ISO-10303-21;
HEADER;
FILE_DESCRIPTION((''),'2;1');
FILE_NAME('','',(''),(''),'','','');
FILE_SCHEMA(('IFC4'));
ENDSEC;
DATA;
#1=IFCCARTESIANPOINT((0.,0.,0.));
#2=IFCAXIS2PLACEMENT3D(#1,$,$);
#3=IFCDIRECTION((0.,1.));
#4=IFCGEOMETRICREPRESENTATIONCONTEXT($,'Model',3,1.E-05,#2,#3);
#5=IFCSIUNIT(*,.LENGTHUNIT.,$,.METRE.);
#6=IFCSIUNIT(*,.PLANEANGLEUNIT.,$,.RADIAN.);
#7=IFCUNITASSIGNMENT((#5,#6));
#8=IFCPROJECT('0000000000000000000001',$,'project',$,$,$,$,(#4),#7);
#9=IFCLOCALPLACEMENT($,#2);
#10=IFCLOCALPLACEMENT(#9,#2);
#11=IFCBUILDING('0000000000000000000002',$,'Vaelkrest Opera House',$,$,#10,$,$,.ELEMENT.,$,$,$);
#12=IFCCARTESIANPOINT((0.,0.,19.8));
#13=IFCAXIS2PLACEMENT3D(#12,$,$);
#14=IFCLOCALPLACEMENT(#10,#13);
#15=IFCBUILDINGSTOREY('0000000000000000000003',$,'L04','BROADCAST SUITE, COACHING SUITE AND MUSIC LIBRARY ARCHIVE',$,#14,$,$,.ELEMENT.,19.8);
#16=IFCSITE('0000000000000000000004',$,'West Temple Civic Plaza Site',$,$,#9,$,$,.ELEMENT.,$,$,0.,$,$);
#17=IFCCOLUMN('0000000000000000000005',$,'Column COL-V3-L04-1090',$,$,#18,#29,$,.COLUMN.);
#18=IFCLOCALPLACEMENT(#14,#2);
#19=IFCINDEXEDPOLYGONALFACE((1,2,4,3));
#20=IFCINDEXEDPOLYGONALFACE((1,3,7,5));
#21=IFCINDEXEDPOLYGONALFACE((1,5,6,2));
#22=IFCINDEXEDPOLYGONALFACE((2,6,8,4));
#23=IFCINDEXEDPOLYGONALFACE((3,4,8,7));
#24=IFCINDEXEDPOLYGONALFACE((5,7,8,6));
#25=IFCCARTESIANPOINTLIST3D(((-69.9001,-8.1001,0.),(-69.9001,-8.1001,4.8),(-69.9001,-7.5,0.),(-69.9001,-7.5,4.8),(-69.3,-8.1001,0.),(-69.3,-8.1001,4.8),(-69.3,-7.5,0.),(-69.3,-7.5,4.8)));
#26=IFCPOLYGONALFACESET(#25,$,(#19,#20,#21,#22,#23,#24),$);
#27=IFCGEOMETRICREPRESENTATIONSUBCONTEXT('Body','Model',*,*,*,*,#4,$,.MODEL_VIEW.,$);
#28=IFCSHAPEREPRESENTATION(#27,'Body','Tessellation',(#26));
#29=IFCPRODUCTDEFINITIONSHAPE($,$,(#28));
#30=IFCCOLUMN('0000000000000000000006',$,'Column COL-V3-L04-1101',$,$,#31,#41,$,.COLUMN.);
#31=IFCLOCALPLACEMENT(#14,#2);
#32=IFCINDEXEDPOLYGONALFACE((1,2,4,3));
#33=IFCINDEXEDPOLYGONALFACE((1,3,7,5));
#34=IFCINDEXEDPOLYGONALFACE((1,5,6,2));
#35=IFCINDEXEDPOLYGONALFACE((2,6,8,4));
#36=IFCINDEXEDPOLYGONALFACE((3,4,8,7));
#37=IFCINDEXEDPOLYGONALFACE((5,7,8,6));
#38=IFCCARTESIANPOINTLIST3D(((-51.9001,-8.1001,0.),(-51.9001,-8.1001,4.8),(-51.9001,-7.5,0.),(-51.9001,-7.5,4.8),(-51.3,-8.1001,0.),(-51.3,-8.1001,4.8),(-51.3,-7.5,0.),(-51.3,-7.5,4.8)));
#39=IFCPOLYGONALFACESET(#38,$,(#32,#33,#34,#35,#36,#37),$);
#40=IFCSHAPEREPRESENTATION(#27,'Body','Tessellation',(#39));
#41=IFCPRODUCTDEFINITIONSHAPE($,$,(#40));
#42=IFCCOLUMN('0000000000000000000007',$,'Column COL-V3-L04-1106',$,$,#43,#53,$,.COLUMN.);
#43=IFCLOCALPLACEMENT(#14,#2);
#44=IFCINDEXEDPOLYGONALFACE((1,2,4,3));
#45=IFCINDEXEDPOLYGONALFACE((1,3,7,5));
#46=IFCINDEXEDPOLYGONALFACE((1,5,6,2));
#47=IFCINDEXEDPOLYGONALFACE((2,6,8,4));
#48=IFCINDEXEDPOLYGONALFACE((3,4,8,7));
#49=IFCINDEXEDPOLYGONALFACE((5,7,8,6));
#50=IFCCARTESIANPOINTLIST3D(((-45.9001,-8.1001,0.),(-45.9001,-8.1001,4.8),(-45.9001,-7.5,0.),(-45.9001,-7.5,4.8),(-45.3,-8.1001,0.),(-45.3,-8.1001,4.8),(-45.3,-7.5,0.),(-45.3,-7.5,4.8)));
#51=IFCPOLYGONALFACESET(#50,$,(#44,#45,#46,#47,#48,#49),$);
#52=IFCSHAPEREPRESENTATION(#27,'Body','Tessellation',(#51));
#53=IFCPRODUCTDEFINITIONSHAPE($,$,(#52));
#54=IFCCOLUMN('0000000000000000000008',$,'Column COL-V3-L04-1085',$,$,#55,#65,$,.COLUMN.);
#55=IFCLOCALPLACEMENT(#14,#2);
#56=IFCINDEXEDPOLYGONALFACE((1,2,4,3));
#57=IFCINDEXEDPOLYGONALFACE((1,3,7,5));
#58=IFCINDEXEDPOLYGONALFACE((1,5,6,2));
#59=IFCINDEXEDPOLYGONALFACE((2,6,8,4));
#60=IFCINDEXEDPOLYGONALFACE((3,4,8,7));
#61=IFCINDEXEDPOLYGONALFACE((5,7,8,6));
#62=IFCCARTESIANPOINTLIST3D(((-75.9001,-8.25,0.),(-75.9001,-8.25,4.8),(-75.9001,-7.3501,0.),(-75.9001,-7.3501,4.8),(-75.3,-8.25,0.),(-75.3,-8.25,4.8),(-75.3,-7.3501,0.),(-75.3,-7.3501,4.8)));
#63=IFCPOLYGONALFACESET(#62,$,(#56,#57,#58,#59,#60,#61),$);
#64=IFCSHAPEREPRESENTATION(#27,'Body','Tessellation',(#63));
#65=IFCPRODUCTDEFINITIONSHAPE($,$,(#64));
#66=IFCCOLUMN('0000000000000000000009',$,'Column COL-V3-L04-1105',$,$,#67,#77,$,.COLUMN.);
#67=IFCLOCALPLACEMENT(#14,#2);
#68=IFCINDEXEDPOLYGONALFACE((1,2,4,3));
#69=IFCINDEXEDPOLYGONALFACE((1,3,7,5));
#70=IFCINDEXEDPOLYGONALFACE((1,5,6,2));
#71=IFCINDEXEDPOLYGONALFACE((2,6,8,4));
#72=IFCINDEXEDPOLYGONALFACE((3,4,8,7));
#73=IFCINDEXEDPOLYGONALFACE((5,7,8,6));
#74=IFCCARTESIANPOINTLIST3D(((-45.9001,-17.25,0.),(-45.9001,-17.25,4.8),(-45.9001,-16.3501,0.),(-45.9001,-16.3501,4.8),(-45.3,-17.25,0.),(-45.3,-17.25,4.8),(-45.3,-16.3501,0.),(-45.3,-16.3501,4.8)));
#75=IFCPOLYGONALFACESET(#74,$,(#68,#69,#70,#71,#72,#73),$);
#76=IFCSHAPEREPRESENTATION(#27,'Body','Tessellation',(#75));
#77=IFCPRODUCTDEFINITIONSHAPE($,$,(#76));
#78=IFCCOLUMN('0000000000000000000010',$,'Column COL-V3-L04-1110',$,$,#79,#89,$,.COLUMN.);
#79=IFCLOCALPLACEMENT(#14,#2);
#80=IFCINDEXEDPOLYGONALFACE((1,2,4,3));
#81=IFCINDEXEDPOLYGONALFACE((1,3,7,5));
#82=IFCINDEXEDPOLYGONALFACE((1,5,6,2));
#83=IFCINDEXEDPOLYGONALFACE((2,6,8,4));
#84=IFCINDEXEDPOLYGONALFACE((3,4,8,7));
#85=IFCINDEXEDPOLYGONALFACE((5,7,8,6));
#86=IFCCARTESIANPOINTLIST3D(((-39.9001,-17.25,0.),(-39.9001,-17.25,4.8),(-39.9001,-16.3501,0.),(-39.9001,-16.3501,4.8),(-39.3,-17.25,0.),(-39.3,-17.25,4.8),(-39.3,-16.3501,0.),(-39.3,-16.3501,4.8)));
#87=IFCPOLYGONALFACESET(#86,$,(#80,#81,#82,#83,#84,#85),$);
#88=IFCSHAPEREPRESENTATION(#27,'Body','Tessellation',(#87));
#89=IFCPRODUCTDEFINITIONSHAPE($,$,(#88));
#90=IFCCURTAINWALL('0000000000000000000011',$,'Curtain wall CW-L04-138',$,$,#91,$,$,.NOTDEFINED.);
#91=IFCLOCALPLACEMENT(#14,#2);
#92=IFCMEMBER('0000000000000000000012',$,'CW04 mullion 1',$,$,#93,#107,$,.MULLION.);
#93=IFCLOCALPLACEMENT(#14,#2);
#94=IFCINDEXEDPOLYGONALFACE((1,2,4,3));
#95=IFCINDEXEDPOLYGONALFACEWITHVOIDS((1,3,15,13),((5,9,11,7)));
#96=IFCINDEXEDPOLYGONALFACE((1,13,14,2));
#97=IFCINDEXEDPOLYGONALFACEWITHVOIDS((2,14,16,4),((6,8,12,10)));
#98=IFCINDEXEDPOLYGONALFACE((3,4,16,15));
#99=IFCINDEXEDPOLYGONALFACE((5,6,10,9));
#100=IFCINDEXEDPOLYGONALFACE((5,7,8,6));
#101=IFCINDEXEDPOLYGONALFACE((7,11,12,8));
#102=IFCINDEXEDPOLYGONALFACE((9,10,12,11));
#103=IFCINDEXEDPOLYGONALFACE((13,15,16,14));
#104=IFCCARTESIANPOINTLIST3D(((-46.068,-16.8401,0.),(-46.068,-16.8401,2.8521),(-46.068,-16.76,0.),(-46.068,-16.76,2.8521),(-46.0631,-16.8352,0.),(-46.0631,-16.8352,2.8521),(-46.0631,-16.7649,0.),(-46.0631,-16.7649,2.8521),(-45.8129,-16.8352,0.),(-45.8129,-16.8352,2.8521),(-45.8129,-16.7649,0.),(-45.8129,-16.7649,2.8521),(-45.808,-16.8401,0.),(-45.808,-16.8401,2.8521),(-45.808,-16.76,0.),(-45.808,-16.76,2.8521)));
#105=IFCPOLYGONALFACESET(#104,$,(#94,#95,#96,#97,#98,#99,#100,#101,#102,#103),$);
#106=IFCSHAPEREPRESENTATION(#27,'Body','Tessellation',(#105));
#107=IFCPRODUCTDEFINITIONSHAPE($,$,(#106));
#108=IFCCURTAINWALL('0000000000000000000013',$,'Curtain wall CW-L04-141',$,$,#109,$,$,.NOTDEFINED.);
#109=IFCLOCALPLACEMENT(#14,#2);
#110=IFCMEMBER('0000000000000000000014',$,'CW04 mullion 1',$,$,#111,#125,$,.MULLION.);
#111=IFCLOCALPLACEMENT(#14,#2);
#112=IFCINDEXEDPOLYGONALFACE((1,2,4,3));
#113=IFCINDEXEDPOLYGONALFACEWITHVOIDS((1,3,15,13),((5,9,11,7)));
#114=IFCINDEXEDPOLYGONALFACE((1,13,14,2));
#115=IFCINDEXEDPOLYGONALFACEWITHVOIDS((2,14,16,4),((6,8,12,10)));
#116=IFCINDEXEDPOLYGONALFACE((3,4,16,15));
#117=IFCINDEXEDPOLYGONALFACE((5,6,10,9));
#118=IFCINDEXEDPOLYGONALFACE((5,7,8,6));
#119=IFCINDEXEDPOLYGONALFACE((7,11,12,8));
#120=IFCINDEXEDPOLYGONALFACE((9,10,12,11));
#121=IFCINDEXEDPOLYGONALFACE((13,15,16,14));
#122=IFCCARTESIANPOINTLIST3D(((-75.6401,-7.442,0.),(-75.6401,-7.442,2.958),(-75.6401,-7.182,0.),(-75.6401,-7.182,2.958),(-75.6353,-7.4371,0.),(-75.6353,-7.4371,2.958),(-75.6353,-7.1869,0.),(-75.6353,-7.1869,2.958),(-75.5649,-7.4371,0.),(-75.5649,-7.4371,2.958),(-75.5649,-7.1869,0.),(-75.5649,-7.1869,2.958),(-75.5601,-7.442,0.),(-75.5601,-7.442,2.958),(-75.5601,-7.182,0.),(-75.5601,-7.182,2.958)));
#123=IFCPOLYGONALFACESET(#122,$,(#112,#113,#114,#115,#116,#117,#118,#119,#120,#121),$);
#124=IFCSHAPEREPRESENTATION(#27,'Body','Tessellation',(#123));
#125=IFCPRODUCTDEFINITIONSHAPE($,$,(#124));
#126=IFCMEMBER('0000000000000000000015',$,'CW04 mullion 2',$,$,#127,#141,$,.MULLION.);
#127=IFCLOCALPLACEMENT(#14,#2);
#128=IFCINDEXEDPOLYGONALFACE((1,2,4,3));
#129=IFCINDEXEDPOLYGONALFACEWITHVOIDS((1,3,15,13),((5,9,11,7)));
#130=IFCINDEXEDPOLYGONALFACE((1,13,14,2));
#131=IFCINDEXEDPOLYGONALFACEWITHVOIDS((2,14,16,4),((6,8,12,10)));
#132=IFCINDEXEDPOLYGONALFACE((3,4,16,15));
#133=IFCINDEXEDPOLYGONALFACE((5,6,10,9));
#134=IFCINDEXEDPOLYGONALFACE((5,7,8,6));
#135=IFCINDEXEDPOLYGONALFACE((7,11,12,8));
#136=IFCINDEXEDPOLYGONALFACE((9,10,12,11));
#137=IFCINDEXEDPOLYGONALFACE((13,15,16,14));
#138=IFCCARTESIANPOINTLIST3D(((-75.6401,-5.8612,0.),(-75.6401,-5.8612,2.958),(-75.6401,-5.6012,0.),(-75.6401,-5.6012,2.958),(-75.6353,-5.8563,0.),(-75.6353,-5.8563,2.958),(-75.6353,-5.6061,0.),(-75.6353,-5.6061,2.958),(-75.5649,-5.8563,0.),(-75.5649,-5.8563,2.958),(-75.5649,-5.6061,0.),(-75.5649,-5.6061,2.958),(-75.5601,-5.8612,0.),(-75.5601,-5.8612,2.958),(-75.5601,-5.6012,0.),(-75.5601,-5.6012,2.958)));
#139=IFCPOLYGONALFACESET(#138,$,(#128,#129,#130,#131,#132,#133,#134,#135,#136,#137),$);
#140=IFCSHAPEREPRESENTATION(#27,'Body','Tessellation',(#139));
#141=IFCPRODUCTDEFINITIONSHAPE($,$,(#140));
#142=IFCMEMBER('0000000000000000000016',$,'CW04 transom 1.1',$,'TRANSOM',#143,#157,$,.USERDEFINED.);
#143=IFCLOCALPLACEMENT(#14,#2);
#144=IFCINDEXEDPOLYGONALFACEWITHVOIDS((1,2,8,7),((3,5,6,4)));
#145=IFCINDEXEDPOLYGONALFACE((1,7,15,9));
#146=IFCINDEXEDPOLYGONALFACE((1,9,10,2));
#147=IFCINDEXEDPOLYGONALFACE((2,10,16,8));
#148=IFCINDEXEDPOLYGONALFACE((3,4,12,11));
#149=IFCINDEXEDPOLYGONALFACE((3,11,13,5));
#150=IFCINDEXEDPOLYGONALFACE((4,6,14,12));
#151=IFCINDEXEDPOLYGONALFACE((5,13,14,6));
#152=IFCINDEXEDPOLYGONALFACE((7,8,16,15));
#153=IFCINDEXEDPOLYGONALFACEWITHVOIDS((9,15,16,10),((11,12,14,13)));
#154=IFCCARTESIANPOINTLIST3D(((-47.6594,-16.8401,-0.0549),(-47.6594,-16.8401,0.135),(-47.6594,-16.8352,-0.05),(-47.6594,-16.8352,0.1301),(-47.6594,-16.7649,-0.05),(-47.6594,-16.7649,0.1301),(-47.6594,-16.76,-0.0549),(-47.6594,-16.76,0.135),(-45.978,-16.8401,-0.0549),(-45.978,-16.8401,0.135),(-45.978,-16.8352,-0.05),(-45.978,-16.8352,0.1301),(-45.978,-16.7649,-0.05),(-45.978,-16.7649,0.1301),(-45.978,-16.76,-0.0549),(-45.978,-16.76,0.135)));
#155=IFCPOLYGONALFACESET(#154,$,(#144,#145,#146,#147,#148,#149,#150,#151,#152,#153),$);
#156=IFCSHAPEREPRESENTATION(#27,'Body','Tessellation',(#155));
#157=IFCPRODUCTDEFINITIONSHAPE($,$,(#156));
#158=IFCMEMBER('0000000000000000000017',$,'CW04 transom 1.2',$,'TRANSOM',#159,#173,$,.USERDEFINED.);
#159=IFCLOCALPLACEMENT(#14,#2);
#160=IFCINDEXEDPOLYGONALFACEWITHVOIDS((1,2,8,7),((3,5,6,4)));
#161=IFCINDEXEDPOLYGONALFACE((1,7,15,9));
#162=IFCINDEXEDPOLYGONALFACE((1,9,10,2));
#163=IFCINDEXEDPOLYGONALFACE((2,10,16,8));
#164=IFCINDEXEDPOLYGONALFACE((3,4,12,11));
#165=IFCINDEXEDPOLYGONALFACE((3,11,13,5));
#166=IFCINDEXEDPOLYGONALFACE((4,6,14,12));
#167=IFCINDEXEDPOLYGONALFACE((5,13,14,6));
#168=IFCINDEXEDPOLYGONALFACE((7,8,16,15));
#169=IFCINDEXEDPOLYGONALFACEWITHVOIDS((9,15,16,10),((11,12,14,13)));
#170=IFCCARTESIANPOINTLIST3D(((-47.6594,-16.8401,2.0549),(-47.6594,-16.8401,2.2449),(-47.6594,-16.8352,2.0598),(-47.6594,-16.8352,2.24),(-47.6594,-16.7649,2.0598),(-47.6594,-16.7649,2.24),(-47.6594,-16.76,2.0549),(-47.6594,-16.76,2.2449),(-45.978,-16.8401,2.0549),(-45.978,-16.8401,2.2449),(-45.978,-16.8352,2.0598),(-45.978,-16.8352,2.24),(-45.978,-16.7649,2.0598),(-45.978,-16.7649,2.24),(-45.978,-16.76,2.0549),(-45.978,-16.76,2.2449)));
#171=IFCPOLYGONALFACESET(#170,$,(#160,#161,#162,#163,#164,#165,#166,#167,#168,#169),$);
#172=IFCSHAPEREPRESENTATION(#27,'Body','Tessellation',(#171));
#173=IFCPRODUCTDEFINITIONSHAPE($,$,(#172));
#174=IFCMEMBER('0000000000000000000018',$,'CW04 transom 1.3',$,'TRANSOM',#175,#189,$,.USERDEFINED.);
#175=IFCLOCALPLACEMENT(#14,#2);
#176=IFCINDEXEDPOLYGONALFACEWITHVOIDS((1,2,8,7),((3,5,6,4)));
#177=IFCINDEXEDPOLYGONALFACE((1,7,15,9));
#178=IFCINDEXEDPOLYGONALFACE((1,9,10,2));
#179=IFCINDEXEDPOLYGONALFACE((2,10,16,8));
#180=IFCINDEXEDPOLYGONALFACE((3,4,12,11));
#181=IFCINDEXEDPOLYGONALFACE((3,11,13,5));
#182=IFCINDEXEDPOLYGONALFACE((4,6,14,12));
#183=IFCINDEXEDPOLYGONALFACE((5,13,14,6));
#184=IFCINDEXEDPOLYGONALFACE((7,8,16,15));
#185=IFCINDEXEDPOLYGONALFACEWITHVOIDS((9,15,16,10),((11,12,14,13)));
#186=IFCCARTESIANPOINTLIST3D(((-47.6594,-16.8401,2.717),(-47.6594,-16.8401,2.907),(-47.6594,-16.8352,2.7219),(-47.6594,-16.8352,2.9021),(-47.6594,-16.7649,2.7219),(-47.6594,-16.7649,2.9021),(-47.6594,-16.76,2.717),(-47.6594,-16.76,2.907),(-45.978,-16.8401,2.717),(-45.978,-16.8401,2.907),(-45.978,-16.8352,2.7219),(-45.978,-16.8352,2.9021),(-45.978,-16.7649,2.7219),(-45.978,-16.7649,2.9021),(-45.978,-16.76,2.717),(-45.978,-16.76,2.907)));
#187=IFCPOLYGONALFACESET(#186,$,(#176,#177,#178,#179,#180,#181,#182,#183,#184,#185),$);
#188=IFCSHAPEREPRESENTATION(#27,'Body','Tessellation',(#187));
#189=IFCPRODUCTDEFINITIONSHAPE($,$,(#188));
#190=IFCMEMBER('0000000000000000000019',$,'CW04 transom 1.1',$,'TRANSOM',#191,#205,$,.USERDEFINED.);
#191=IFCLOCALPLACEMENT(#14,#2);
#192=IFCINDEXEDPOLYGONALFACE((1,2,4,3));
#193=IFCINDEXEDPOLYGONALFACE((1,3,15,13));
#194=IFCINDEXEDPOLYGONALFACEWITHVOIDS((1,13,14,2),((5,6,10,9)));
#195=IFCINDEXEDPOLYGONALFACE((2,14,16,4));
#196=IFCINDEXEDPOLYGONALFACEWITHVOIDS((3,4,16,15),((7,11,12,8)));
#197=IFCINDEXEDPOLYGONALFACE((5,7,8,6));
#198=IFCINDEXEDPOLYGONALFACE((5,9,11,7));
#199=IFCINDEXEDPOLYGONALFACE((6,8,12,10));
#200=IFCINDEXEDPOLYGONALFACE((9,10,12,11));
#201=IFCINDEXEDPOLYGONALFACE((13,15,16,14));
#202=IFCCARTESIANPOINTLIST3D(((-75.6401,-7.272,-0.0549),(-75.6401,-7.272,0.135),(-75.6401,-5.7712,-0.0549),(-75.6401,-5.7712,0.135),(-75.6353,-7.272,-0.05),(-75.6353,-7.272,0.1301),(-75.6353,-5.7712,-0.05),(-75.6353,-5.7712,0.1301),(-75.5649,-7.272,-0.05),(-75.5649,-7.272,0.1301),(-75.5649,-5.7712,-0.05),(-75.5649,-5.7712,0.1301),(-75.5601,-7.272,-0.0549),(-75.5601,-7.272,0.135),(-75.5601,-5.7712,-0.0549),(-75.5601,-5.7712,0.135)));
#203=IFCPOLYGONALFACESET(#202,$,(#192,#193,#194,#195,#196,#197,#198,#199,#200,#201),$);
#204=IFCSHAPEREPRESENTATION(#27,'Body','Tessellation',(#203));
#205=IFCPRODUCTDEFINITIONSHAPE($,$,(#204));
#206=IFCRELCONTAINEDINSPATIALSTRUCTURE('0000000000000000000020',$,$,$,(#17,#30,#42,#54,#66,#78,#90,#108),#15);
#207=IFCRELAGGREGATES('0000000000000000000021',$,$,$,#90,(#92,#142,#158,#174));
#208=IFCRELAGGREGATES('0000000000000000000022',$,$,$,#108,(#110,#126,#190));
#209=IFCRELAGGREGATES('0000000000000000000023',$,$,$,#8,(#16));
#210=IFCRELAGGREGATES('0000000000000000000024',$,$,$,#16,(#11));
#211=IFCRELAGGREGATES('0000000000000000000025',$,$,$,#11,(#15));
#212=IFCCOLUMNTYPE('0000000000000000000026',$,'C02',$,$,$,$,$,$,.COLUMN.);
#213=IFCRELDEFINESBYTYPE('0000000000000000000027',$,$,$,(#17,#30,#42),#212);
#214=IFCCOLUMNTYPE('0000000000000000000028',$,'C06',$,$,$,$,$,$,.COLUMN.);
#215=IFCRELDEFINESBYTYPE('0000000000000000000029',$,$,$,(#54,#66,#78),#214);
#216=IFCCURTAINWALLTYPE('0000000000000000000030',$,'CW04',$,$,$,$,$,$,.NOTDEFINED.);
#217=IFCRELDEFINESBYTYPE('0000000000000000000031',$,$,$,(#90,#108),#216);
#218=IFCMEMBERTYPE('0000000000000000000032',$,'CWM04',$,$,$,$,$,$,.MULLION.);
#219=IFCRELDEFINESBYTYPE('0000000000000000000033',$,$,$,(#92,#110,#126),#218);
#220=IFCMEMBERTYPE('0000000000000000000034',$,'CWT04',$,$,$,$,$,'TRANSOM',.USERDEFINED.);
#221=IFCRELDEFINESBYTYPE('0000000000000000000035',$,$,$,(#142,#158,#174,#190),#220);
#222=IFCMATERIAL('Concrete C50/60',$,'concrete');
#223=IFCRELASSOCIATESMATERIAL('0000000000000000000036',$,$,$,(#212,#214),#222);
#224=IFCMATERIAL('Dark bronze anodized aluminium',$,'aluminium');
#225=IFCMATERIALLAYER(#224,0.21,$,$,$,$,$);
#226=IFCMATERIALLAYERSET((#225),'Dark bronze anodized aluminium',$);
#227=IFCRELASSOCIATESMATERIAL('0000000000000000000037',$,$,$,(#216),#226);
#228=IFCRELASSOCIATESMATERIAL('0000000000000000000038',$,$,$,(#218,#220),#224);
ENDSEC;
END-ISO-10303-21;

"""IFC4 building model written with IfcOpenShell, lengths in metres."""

from ifc_helpers import new_model, si_unit, direction, frame, origin, origin_2d, place, context, subcontext, project, spatial, rectangle, hollow_rectangle, extrude, material, layer, layer_set, material_profile, profile_set, type_object, element, aggregate, save


model = new_model("IFC4")

# Units and contexts
model_context = context("Model", 3, precision=1e-05, world=origin(), true_north=direction((0.0, 1.0)))
body_context = subcontext(model_context, "Body", "Model", "MODEL_VIEW")
ifc_project = project(units=[si_unit("LENGTHUNIT", "METRE"), si_unit("PLANEANGLEUNIT", "RADIAN")], contexts=[model_context])

# Site, building, storey
site_placement = place(None, origin())
site = spatial("IfcSite", under=ifc_project, at=site_placement, Name="West Temple Civic Plaza Site", CompositionType="ELEMENT", RefElevation=0.0)
building_placement = place(site_placement, origin())
building = spatial("IfcBuilding", under=site, at=building_placement, Name="Vaelkrest Opera House", CompositionType="ELEMENT")
storey_placement = place(building_placement, frame((0.0, 0.0, 19.8)))
storey = spatial("IfcBuildingStorey", under=building, at=storey_placement, Name="L04", Description="BROADCAST SUITE, COACHING SUITE AND MUSIC LIBRARY ARCHIVE", CompositionType="ELEMENT", Elevation=19.8)

# Columns
ifc_material_1 = material(Name="Concrete C50/60", Category="concrete")
ifc_material_profile_1 = material_profile(ifc_material_1, rectangle(XDim=0.6001, YDim=0.6001, at=origin_2d()), Name="RC600X600")
ifc_profile_set_1 = profile_set([ifc_material_profile_1], Name="Concrete C50/60")
column_type_1 = type_object("IfcColumnType", Name="C02", PredefinedType="COLUMN", material=ifc_profile_set_1)
for number, where, z_axis, x_axis, name in (
    (1, (-69.6001, -7.8, 0.0), (0.0, 0.0, 1.0), (1.0, 0.0, 0.0), "Column COL-V3-L04-1090"),
    (2, (-51.6001, -7.8, 0.0), (0.0, 0.0, 1.0), (1.0, 0.0, 0.0), "Column COL-V3-L04-1101"),
    (3, (-45.6001, -7.8, 0.0), (0.0, 0.0, 1.0), (1.0, 0.0, 0.0), "Column COL-V3-L04-1106"),
):
    element("IfcColumn", number, at=place(storey_placement, frame(where, z_axis=z_axis, x_axis=x_axis)), inside=storey, type_object=column_type_1, Name=name, PredefinedType="COLUMN", context=body_context, shape_type="SweptSolid", body=[
        extrude(rectangle(XDim=0.6001, YDim=0.6001, at=origin_2d()), origin(), (0.0, 0.0, 1.0), 4.8),
    ])
ifc_material_profile_2 = material_profile(ifc_material_1, rectangle(XDim=0.6001, YDim=0.8999, at=origin_2d()), Name="RC600X900")
ifc_profile_set_2 = profile_set([ifc_material_profile_2], Name="Concrete C50/60")
column_type_2 = type_object("IfcColumnType", Name="C06", PredefinedType="COLUMN", material=ifc_profile_set_2)
for number, where, z_axis, x_axis, name in (
    (4, (-75.6001, -7.8, 0.0), (0.0, 0.0, 1.0), (1.0, 0.0, 0.0), "Column COL-V3-L04-1085"),
    (5, (-45.6001, -16.8, 0.0), (0.0, 0.0, 1.0), (1.0, 0.0, 0.0), "Column COL-V3-L04-1105"),
    (6, (-39.6001, -16.8, 0.0), (0.0, 0.0, 1.0), (1.0, 0.0, 0.0), "Column COL-V3-L04-1110"),
):
    element("IfcColumn", number, at=place(storey_placement, frame(where, z_axis=z_axis, x_axis=x_axis)), inside=storey, type_object=column_type_2, Name=name, PredefinedType="COLUMN", context=body_context, shape_type="SweptSolid", body=[
        extrude(rectangle(XDim=0.6001, YDim=0.8999, at=origin_2d()), origin(), (0.0, 0.0, 1.0), 4.8),
    ])

# Curtain wall, member
ifc_material_2 = material(Name="Dark bronze anodized aluminium", Category="aluminium")
ifc_layer_1 = layer(ifc_material_2, 0.21)
ifc_layer_set_1 = layer_set([ifc_layer_1], Name="Dark bronze anodized aluminium")
curtain_wall_type = type_object("IfcCurtainWallType", Name="CW04", PredefinedType="NOTDEFINED", material=ifc_layer_set_1)
curtain_wall_1_placement = place(storey_placement, origin())
curtain_wall_1 = element("IfcCurtainWall", 7, at=curtain_wall_1_placement, inside=storey, type_object=curtain_wall_type, Name="Curtain wall CW-L04-138", PredefinedType="NOTDEFINED")
ifc_material_profile_3 = material_profile(ifc_material_2, hollow_rectangle(XDim=0.0801, YDim=0.26, WallThickness=0.0049, at=origin_2d()), Name="CWM80X260")
ifc_profile_set_3 = profile_set([ifc_material_profile_3], Name="Dark bronze anodized aluminium")
member_type_1 = type_object("IfcMemberType", Name="CWM04", PredefinedType="MULLION", material=ifc_profile_set_3)
member_1_placement = place(storey_placement, frame((-45.938, -16.8, 0.0), z_axis=(0.0, 0.0, 1.0), x_axis=(0.0, -1.0, 0.0)))
member_1 = element("IfcMember", 8, at=member_1_placement, type_object=member_type_1, Name="CW04 mullion 1", PredefinedType="MULLION", context=body_context, shape_type="SweptSolid", body=[
    extrude(hollow_rectangle(XDim=0.0801, YDim=0.26, WallThickness=0.0049, at=origin_2d()), origin(), (0.0, 0.0, 1.0), 2.8521),
])

# Curtain wall, members
curtain_wall_2_placement = place(storey_placement, origin())
curtain_wall_2 = element("IfcCurtainWall", 9, at=curtain_wall_2_placement, inside=storey, type_object=curtain_wall_type, Name="Curtain wall CW-L04-141", PredefinedType="NOTDEFINED")
member_2_placement = place(storey_placement, frame((-75.6001, -7.312, 0.0), z_axis=(0.0, 0.0, 1.0), x_axis=(-1.0, 0.0, 0.0)))
member_2 = element("IfcMember", 10, at=member_2_placement, type_object=member_type_1, Name="CW04 mullion 1", PredefinedType="MULLION", context=body_context, shape_type="SweptSolid", body=[
    extrude(hollow_rectangle(XDim=0.0801, YDim=0.26, WallThickness=0.0049, at=origin_2d()), origin(), (0.0, 0.0, 1.0), 2.958),
])
member_3_placement = place(storey_placement, frame((-75.6001, -5.7312, 0.0), z_axis=(0.0, 0.0, 1.0), x_axis=(-1.0, 0.0, 0.0)))
member_3 = element("IfcMember", 11, at=member_3_placement, type_object=member_type_1, Name="CW04 mullion 2", PredefinedType="MULLION", context=body_context, shape_type="SweptSolid", body=[
    extrude(hollow_rectangle(XDim=0.0801, YDim=0.26, WallThickness=0.0049, at=origin_2d()), origin(), (0.0, 0.0, 1.0), 2.958),
])

# Members
ifc_material_profile_4 = material_profile(ifc_material_2, hollow_rectangle(XDim=0.0801, YDim=0.1899, WallThickness=0.0049, at=origin_2d()), Name="CWT80X190")
ifc_profile_set_4 = profile_set([ifc_material_profile_4], Name="Dark bronze anodized aluminium")
member_type_2 = type_object("IfcMemberType", Name="CWT04", ElementType="TRANSOM", PredefinedType="USERDEFINED", material=ifc_profile_set_4)
member_4_placement = place(storey_placement, frame((-45.978, -16.8, 0.04), z_axis=(-1.0, 0.0, 0.0), x_axis=(0.0, -1.0, 0.0)))
member_4 = element("IfcMember", 12, at=member_4_placement, type_object=member_type_2, Name="CW04 transom 1.1", ObjectType="TRANSOM", PredefinedType="USERDEFINED", context=body_context, shape_type="SweptSolid", body=[
    extrude(hollow_rectangle(XDim=0.0801, YDim=0.1899, WallThickness=0.0049, at=origin_2d()), origin(), (0.0, 0.0, 1.0), 1.6814),
])
member_5_placement = place(storey_placement, frame((-45.978, -16.8, 2.1499), z_axis=(-1.0, 0.0, 0.0), x_axis=(0.0, -1.0, 0.0)))
member_5 = element("IfcMember", 13, at=member_5_placement, type_object=member_type_2, Name="CW04 transom 1.2", ObjectType="TRANSOM", PredefinedType="USERDEFINED", context=body_context, shape_type="SweptSolid", body=[
    extrude(hollow_rectangle(XDim=0.0801, YDim=0.1899, WallThickness=0.0049, at=origin_2d()), origin(), (0.0, 0.0, 1.0), 1.6814),
])
member_6_placement = place(storey_placement, frame((-45.978, -16.8, 2.812), z_axis=(-1.0, 0.0, 0.0), x_axis=(0.0, -1.0, 0.0)))
member_6 = element("IfcMember", 14, at=member_6_placement, type_object=member_type_2, Name="CW04 transom 1.3", ObjectType="TRANSOM", PredefinedType="USERDEFINED", context=body_context, shape_type="SweptSolid", body=[
    extrude(hollow_rectangle(XDim=0.0801, YDim=0.1899, WallThickness=0.0049, at=origin_2d()), origin(), (0.0, 0.0, 1.0), 1.6814),
])
member_7_placement = place(storey_placement, frame((-75.6001, -7.272, 0.04), z_axis=(0.0, 1.0, 0.0), x_axis=(-1.0, 0.0, 0.0)))
member_7 = element("IfcMember", 15, at=member_7_placement, type_object=member_type_2, Name="CW04 transom 1.1", ObjectType="TRANSOM", PredefinedType="USERDEFINED", context=body_context, shape_type="SweptSolid", body=[
    extrude(hollow_rectangle(XDim=0.0801, YDim=0.1899, WallThickness=0.0049, at=origin_2d()), origin(), (0.0, 0.0, 1.0), 1.5007),
])

aggregate(curtain_wall_1, [member_1, member_4, member_5, member_6])
aggregate(curtain_wall_2, [member_2, member_3, member_7])

save(model, "model.ifc")
